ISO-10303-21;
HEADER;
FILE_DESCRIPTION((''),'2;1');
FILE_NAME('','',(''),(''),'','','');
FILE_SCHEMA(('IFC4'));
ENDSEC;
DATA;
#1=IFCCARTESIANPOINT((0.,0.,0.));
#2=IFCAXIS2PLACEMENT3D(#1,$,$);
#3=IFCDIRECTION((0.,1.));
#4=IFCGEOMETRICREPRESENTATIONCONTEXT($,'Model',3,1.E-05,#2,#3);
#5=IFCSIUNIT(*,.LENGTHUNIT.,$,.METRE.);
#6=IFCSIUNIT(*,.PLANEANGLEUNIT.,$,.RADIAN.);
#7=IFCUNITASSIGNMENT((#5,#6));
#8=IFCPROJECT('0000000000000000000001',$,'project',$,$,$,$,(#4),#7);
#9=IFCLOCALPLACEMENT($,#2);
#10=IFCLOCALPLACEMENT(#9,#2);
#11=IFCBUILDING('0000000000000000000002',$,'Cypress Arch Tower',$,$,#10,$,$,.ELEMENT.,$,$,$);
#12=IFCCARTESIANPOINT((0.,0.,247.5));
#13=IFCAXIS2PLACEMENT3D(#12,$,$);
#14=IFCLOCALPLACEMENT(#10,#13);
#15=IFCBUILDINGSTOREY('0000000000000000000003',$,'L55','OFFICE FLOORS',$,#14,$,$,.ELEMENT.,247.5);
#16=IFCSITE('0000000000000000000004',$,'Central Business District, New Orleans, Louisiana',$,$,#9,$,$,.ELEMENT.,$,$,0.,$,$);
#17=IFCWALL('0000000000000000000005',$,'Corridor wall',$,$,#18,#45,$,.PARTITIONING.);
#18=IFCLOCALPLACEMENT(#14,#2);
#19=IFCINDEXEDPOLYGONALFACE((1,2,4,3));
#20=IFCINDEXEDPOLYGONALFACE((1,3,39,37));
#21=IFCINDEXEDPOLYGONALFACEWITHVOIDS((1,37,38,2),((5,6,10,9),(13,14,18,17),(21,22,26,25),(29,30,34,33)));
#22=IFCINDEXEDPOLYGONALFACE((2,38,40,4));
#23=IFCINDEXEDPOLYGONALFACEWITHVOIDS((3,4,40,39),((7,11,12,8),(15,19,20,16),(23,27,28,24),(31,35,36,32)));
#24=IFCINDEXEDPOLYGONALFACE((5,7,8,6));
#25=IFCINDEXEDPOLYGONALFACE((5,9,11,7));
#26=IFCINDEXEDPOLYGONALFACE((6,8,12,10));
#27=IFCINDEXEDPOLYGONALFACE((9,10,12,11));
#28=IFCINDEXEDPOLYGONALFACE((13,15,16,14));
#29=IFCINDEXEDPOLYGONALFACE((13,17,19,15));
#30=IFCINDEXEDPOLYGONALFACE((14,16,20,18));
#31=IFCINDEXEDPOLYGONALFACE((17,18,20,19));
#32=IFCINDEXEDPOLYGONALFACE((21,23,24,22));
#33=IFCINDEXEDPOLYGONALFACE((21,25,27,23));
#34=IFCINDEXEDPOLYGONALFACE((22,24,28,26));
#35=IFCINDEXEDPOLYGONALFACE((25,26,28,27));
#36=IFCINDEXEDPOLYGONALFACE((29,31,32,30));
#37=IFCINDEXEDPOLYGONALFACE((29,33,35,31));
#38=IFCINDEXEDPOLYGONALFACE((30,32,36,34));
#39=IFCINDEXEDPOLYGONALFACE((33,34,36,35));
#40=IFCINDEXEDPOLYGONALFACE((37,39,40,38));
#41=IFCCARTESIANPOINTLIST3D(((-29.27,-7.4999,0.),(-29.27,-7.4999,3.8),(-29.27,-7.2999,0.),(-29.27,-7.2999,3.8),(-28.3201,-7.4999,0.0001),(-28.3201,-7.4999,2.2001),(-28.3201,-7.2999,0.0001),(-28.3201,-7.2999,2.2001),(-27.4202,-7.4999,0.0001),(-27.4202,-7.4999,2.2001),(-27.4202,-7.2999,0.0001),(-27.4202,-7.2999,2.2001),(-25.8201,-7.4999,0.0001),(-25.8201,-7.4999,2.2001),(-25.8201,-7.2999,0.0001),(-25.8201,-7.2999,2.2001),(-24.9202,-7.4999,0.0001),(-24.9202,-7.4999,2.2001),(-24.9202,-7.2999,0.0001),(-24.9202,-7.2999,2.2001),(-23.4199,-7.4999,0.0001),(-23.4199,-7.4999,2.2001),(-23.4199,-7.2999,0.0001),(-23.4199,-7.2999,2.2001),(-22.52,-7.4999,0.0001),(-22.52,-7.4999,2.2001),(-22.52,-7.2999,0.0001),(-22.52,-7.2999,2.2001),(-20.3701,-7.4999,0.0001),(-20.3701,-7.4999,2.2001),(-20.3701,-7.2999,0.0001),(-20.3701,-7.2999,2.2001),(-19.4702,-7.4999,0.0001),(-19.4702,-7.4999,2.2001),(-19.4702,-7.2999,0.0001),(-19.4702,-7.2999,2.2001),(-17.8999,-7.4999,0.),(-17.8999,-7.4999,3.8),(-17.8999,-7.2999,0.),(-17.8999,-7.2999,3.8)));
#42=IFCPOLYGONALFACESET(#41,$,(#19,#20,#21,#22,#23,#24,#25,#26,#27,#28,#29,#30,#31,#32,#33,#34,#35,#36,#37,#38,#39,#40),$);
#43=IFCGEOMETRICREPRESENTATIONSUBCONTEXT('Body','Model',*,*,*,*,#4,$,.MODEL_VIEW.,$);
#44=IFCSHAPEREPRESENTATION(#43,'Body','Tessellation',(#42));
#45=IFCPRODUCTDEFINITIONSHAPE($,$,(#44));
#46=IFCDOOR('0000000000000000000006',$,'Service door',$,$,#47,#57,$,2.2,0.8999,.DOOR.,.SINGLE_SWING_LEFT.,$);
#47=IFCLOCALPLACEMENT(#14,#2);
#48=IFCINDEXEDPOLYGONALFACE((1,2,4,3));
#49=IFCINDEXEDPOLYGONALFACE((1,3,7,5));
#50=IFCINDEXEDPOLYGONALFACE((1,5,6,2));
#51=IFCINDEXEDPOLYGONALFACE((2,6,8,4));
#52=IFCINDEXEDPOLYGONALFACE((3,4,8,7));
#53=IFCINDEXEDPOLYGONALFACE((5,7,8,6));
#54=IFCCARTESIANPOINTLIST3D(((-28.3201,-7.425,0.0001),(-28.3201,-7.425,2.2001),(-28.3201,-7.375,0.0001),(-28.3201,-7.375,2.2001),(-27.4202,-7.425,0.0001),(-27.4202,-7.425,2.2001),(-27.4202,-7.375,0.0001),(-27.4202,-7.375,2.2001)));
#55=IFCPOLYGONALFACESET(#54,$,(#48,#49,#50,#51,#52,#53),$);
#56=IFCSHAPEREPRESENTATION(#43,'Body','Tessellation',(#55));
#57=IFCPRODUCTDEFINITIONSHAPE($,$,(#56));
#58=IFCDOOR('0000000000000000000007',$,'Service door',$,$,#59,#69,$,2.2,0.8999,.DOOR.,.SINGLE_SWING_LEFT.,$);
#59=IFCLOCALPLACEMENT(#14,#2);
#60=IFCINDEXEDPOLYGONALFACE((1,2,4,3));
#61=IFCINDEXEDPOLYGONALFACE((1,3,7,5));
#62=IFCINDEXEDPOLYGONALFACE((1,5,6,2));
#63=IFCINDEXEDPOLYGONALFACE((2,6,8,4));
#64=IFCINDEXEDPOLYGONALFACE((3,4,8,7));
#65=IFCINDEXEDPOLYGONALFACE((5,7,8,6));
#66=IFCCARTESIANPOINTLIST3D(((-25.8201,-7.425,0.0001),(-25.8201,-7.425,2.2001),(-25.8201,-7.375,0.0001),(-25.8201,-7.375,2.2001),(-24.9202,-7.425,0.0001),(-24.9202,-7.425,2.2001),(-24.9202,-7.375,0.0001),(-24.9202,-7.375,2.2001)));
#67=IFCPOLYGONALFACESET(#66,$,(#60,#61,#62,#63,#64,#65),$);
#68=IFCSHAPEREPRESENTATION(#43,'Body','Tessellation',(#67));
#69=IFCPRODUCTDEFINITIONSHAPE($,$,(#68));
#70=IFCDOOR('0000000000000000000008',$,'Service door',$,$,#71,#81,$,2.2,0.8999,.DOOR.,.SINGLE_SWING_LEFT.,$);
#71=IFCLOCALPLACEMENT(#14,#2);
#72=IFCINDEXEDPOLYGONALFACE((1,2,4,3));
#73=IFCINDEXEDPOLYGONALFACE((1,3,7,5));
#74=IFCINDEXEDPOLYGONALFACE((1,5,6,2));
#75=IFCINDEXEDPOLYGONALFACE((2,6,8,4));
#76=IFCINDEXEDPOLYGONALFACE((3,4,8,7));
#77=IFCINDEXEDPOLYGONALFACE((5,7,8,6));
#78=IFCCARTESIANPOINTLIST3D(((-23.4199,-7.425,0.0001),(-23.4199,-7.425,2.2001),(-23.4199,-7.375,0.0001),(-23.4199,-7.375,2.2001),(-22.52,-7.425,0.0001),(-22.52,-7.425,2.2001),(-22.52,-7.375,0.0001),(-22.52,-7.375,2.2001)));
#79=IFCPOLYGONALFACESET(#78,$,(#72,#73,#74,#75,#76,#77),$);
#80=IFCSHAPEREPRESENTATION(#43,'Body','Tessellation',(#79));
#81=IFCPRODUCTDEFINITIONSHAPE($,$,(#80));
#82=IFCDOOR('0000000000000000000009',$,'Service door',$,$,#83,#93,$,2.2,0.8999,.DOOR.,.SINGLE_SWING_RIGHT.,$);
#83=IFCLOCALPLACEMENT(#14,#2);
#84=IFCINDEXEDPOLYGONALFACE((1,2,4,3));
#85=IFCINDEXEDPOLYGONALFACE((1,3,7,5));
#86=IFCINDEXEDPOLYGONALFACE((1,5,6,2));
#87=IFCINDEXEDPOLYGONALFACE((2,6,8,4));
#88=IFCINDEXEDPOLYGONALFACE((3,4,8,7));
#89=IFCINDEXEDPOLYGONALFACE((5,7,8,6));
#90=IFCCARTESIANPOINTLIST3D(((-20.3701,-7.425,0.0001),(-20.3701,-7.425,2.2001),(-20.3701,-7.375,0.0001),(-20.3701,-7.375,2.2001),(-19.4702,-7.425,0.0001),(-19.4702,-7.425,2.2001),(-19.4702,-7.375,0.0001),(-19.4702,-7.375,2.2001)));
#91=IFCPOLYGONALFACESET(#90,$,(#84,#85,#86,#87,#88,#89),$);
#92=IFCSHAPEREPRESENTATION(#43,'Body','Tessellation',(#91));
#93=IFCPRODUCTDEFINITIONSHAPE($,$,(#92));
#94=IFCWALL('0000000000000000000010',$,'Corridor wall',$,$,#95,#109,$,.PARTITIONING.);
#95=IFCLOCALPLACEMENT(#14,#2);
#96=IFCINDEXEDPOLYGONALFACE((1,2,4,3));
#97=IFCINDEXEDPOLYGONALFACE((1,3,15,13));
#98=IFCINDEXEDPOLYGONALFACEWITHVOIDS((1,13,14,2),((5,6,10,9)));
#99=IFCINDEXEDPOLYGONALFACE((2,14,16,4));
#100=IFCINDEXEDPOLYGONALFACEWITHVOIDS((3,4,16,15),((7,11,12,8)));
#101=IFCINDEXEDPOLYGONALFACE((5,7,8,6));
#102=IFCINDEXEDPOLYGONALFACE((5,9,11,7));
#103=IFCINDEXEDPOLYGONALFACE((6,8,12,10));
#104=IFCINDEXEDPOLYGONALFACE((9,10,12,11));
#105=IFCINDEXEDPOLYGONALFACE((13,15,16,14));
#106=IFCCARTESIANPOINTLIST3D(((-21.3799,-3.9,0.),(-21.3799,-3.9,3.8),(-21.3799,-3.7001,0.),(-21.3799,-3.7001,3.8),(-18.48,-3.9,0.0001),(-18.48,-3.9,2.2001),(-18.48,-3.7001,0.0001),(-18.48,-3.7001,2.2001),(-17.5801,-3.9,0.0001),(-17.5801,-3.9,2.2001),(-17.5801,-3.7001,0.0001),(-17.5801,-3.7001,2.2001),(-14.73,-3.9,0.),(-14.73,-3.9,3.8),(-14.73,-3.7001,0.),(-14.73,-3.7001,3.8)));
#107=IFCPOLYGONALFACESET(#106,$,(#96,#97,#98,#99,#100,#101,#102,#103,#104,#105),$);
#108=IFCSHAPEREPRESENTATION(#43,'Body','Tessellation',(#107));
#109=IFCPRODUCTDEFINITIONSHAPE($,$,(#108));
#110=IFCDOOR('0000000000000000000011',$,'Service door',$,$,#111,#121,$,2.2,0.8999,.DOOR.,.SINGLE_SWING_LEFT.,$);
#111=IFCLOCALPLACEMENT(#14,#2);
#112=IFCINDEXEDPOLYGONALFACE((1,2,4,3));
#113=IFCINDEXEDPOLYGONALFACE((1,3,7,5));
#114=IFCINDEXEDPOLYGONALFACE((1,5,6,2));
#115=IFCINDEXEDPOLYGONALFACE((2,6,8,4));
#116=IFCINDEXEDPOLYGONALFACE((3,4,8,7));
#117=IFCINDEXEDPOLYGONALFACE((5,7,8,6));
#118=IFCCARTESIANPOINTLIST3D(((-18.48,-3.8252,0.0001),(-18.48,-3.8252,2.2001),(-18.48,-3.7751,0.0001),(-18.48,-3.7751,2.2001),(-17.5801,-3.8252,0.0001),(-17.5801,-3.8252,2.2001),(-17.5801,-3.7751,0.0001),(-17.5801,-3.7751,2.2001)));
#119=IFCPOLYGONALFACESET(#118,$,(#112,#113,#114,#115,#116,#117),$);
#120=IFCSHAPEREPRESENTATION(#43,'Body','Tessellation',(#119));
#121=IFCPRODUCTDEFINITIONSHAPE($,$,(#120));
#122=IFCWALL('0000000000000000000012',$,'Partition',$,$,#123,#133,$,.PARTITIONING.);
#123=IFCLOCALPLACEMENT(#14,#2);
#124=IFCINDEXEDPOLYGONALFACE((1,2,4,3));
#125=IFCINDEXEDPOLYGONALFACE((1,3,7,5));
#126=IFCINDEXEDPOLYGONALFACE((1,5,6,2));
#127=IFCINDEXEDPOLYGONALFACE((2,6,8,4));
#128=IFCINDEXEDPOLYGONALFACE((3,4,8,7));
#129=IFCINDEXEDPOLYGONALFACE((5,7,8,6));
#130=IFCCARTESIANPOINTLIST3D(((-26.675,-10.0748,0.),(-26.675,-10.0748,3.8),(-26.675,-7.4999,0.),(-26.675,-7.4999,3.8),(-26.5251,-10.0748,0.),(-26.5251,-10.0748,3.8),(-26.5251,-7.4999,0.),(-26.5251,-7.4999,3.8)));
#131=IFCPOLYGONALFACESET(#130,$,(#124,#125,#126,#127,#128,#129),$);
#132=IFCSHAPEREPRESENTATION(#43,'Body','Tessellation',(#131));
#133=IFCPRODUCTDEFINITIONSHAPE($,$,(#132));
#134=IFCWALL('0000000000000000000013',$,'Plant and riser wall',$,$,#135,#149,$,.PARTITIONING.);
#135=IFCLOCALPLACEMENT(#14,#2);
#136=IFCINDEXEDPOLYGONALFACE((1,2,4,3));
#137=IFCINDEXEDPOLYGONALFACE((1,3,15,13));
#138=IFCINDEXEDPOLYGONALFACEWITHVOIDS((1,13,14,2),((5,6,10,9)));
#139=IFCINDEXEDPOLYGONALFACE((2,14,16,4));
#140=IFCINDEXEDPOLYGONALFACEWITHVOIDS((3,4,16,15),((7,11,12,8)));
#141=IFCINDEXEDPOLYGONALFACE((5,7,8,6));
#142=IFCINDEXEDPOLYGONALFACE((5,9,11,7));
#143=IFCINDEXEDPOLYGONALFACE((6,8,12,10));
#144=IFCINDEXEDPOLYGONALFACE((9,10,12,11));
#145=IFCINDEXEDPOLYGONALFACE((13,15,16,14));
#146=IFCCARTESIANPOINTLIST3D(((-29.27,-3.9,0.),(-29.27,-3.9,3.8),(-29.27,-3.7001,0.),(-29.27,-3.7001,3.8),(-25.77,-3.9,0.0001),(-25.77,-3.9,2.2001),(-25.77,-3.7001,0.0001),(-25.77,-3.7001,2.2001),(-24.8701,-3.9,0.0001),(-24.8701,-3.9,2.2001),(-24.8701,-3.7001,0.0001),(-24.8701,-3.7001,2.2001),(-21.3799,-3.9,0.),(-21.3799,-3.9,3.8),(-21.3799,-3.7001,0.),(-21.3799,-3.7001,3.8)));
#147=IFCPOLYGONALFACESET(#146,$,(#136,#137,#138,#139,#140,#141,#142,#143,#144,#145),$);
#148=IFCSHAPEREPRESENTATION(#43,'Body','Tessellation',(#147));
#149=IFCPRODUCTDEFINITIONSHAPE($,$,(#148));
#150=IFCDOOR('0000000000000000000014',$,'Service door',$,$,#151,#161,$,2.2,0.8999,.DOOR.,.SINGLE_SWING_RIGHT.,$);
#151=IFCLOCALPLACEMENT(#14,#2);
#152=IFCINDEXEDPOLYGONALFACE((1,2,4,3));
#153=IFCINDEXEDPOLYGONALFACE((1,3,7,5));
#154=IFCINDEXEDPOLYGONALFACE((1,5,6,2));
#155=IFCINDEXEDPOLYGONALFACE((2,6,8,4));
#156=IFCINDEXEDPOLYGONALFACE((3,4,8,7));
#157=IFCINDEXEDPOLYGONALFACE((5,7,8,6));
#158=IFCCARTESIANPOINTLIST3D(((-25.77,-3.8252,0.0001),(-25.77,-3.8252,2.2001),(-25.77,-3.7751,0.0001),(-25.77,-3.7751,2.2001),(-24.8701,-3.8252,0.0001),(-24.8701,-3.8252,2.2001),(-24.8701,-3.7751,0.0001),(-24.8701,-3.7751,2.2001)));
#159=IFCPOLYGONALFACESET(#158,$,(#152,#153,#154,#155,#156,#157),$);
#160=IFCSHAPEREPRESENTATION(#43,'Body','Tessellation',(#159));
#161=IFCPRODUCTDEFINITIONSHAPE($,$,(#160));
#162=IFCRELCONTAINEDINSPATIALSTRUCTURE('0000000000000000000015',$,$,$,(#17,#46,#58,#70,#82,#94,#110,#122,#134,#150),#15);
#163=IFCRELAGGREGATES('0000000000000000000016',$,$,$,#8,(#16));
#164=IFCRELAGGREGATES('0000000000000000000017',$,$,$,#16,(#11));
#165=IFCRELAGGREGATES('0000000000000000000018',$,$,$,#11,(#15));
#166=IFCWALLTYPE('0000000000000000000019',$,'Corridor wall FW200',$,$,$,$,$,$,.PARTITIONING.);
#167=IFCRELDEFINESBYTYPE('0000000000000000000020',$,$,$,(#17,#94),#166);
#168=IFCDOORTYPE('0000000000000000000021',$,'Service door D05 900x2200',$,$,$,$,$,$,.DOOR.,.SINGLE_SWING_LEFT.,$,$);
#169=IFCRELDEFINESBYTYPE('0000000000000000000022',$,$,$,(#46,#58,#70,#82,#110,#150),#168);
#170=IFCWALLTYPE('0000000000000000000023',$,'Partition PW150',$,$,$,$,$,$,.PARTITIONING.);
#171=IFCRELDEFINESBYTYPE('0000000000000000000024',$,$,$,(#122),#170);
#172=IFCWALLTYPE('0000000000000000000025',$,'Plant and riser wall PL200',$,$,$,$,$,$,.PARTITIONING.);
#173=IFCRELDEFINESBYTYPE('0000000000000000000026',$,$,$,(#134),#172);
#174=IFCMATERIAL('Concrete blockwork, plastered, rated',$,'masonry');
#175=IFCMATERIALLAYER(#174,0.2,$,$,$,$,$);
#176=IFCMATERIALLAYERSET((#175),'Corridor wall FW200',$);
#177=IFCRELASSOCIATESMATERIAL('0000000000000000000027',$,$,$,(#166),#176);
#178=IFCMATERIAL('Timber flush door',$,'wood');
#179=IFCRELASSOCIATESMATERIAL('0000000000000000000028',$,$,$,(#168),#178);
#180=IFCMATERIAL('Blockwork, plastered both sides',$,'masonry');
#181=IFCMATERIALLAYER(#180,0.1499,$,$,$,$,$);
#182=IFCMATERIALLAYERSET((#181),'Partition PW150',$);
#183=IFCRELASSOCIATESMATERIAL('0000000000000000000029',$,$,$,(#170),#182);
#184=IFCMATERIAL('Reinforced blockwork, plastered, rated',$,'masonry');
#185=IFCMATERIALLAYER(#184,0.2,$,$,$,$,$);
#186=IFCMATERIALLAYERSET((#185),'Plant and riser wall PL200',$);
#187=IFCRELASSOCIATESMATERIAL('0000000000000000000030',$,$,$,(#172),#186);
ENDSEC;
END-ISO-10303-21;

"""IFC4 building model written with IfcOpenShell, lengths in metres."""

from ifc_helpers import new_model, si_unit, direction, frame, frame_2d, origin, place, context, subcontext, project, spatial, rectangle, extrude, material, layer, layer_set, type_object, element, fill, save


model = new_model("IFC4")

# Units and contexts
model_context = context("Model", 3, precision=1e-05, world=origin(), true_north=direction((0.0, 1.0)))
body_context = subcontext(model_context, "Body", "Model", "MODEL_VIEW")
ifc_project = project(units=[si_unit("LENGTHUNIT", "METRE"), si_unit("PLANEANGLEUNIT", "RADIAN")], contexts=[model_context])

# Site, building, storey
site_placement = place(None, origin())
site = spatial("IfcSite", under=ifc_project, at=site_placement, Name="Central Business District, New Orleans, Louisiana", CompositionType="ELEMENT", RefElevation=0.0)
building_placement = place(site_placement, origin())
building = spatial("IfcBuilding", under=site, at=building_placement, Name="Cypress Arch Tower", CompositionType="ELEMENT")
storey_placement = place(building_placement, frame((0.0, 0.0, 247.5)))
storey = spatial("IfcBuildingStorey", under=building, at=storey_placement, Name="L55", Description="OFFICE FLOORS", CompositionType="ELEMENT", Elevation=247.5)

# Wall, openings, doors
ifc_material_1 = material(Name="Concrete blockwork, plastered, rated", Category="masonry")
ifc_layer_1 = layer(ifc_material_1, 0.2)
ifc_layer_set_1 = layer_set([ifc_layer_1], Name="Corridor wall FW200")
wall_type_1 = type_object("IfcWallType", Name="Corridor wall FW200", PredefinedType="PARTITIONING", material=ifc_layer_set_1)
wall_1_placement = place(storey_placement, frame((-29.27, -7.3999, 0.0), z_axis=(0.0, 0.0, 1.0), x_axis=(1.0, 0.0, 0.0)))
wall_1 = element("IfcWall", 1, at=wall_1_placement, inside=storey, type_object=wall_type_1, Name="Corridor wall", PredefinedType="PARTITIONING", context=body_context, shape_type="SweptSolid", body=[
    extrude(rectangle(XDim=11.3701, YDim=0.2, at=frame_2d((5.6851, 0.0))), origin(), (0.0, 0.0, 1.0), 3.8),
])
opening_1_placement = place(wall_1_placement, frame((0.95, 0.0, 0.0)))
opening_1 = element("IfcOpeningElement", 2, at=opening_1_placement, cuts=wall_1, PredefinedType="OPENING", context=body_context, shape_type="SweptSolid", body=[
    extrude(rectangle(XDim=0.8999, YDim=2.2, at=frame_2d((0.45, 1.1001))), frame((0.0, 0.1099, 0.0), z_axis=(0.0, -1.0, 0.0), x_axis=(1.0, 0.0, 0.0)), (0.0, 0.0, 1.0), 0.22),
])
opening_2_placement = place(wall_1_placement, frame((3.45, 0.0, 0.0)))
opening_2 = element("IfcOpeningElement", 3, at=opening_2_placement, cuts=wall_1, PredefinedType="OPENING", context=body_context, shape_type="SweptSolid", body=[
    extrude(rectangle(XDim=0.8999, YDim=2.2, at=frame_2d((0.45, 1.1001))), frame((0.0, 0.1099, 0.0), z_axis=(0.0, -1.0, 0.0), x_axis=(1.0, 0.0, 0.0)), (0.0, 0.0, 1.0), 0.22),
])
opening_3_placement = place(wall_1_placement, frame((5.8501, 0.0, 0.0)))
opening_3 = element("IfcOpeningElement", 4, at=opening_3_placement, cuts=wall_1, PredefinedType="OPENING", context=body_context, shape_type="SweptSolid", body=[
    extrude(rectangle(XDim=0.8999, YDim=2.2, at=frame_2d((0.45, 1.1001))), frame((0.0, 0.1099, 0.0), z_axis=(0.0, -1.0, 0.0), x_axis=(1.0, 0.0, 0.0)), (0.0, 0.0, 1.0), 0.22),
])
opening_4_placement = place(wall_1_placement, frame((8.8999, 0.0, 0.0)))
opening_4 = element("IfcOpeningElement", 5, at=opening_4_placement, cuts=wall_1, PredefinedType="OPENING", context=body_context, shape_type="SweptSolid", body=[
    extrude(rectangle(XDim=0.8999, YDim=2.2, at=frame_2d((0.45, 1.1001))), frame((0.0, 0.1099, 0.0), z_axis=(0.0, -1.0, 0.0), x_axis=(1.0, 0.0, 0.0)), (0.0, 0.0, 1.0), 0.22),
])
ifc_material_2 = material(Name="Timber flush door", Category="wood")
door_type = type_object("IfcDoorType", Name="Service door D05 900x2200", OperationType="SINGLE_SWING_LEFT", PredefinedType="DOOR", material=ifc_material_2)
door_1_placement = place(opening_1_placement, origin())
door_1 = element("IfcDoor", 6, at=door_1_placement, inside=storey, type_object=door_type, Name="Service door", OperationType="SINGLE_SWING_LEFT", OverallHeight=2.2, OverallWidth=0.8999, PredefinedType="DOOR", context=body_context, shape_type="SweptSolid", body=[
    extrude(rectangle(XDim=0.8999, YDim=2.2, at=frame_2d((0.45, 1.1001))), frame((0.0, 0.0249, 0.0), z_axis=(0.0, -1.0, 0.0), x_axis=(1.0, 0.0, 0.0)), (0.0, 0.0, 1.0), 0.05),
])
fill(opening_1, door_1)
door_2_placement = place(opening_2_placement, origin())
door_2 = element("IfcDoor", 7, at=door_2_placement, inside=storey, type_object=door_type, Name="Service door", OperationType="SINGLE_SWING_LEFT", OverallHeight=2.2, OverallWidth=0.8999, PredefinedType="DOOR", context=body_context, shape_type="SweptSolid", body=[
    extrude(rectangle(XDim=0.8999, YDim=2.2, at=frame_2d((0.45, 1.1001))), frame((0.0, 0.0249, 0.0), z_axis=(0.0, -1.0, 0.0), x_axis=(1.0, 0.0, 0.0)), (0.0, 0.0, 1.0), 0.05),
])
fill(opening_2, door_2)
door_3_placement = place(opening_3_placement, origin())
door_3 = element("IfcDoor", 8, at=door_3_placement, inside=storey, type_object=door_type, Name="Service door", OperationType="SINGLE_SWING_LEFT", OverallHeight=2.2, OverallWidth=0.8999, PredefinedType="DOOR", context=body_context, shape_type="SweptSolid", body=[
    extrude(rectangle(XDim=0.8999, YDim=2.2, at=frame_2d((0.45, 1.1001))), frame((0.0, 0.0249, 0.0), z_axis=(0.0, -1.0, 0.0), x_axis=(1.0, 0.0, 0.0)), (0.0, 0.0, 1.0), 0.05),
])
fill(opening_3, door_3)
door_4_placement = place(opening_4_placement, origin())
door_4 = element("IfcDoor", 9, at=door_4_placement, inside=storey, type_object=door_type, Name="Service door", OperationType="SINGLE_SWING_RIGHT", OverallHeight=2.2, OverallWidth=0.8999, PredefinedType="DOOR", context=body_context, shape_type="SweptSolid", body=[
    extrude(rectangle(XDim=0.8999, YDim=2.2, at=frame_2d((0.45, 1.1001))), frame((0.0, 0.0249, 0.0), z_axis=(0.0, -1.0, 0.0), x_axis=(1.0, 0.0, 0.0)), (0.0, 0.0, 1.0), 0.05),
])
fill(opening_4, door_4)

# Wall, opening, door
wall_2_placement = place(storey_placement, frame((-21.3799, -3.8, 0.0), z_axis=(0.0, 0.0, 1.0), x_axis=(1.0, 0.0, 0.0)))
wall_2 = element("IfcWall", 10, at=wall_2_placement, inside=storey, type_object=wall_type_1, Name="Corridor wall", PredefinedType="PARTITIONING", context=body_context, shape_type="SweptSolid", body=[
    extrude(rectangle(XDim=6.6499, YDim=0.2, at=frame_2d((3.325, 0.0))), origin(), (0.0, 0.0, 1.0), 3.8),
])
opening_5_placement = place(wall_2_placement, frame((2.8999, 0.0, 0.0)))
opening_5 = element("IfcOpeningElement", 11, at=opening_5_placement, cuts=wall_2, PredefinedType="OPENING", context=body_context, shape_type="SweptSolid", body=[
    extrude(rectangle(XDim=0.8999, YDim=2.2, at=frame_2d((0.45, 1.1001))), frame((0.0, 0.1099, 0.0), z_axis=(0.0, -1.0, 0.0), x_axis=(1.0, 0.0, 0.0)), (0.0, 0.0, 1.0), 0.22),
])
door_5_placement = place(opening_5_placement, origin())
door_5 = element("IfcDoor", 12, at=door_5_placement, inside=storey, type_object=door_type, Name="Service door", OperationType="SINGLE_SWING_LEFT", OverallHeight=2.2, OverallWidth=0.8999, PredefinedType="DOOR", context=body_context, shape_type="SweptSolid", body=[
    extrude(rectangle(XDim=0.8999, YDim=2.2, at=frame_2d((0.45, 1.1001))), frame((0.0, 0.0249, 0.0), z_axis=(0.0, -1.0, 0.0), x_axis=(1.0, 0.0, 0.0)), (0.0, 0.0, 1.0), 0.05),
])
fill(opening_5, door_5)

# Wall
ifc_material_3 = material(Name="Blockwork, plastered both sides", Category="masonry")
ifc_layer_2 = layer(ifc_material_3, 0.1499)
ifc_layer_set_2 = layer_set([ifc_layer_2], Name="Partition PW150")
wall_type_2 = type_object("IfcWallType", Name="Partition PW150", PredefinedType="PARTITIONING", material=ifc_layer_set_2)
wall_3_placement = place(storey_placement, frame((-26.6001, -10.075, 0.0), z_axis=(0.0, 0.0, 1.0), x_axis=(0.0, 1.0, 0.0)))
element("IfcWall", 13, at=wall_3_placement, inside=storey, type_object=wall_type_2, Name="Partition", PredefinedType="PARTITIONING", context=body_context, shape_type="SweptSolid", body=[
    extrude(rectangle(XDim=2.575, YDim=0.1499, at=frame_2d((1.2876, 0.0))), origin(), (0.0, 0.0, 1.0), 3.8),
])

# Wall, opening, door
ifc_material_4 = material(Name="Reinforced blockwork, plastered, rated", Category="masonry")
ifc_layer_3 = layer(ifc_material_4, 0.2)
ifc_layer_set_3 = layer_set([ifc_layer_3], Name="Plant and riser wall PL200")
wall_type_3 = type_object("IfcWallType", Name="Plant and riser wall PL200", PredefinedType="PARTITIONING", material=ifc_layer_set_3)
wall_4_placement = place(storey_placement, frame((-29.27, -3.8, 0.0), z_axis=(0.0, 0.0, 1.0), x_axis=(1.0, 0.0, 0.0)))
wall_4 = element("IfcWall", 14, at=wall_4_placement, inside=storey, type_object=wall_type_3, Name="Plant and riser wall", PredefinedType="PARTITIONING", context=body_context, shape_type="SweptSolid", body=[
    extrude(rectangle(XDim=7.8901, YDim=0.2, at=frame_2d((3.9451, 0.0))), origin(), (0.0, 0.0, 1.0), 3.8),
])
opening_6_placement = place(wall_4_placement, frame((3.5, 0.0, 0.0)))
opening_6 = element("IfcOpeningElement", 15, at=opening_6_placement, cuts=wall_4, PredefinedType="OPENING", context=body_context, shape_type="SweptSolid", body=[
    extrude(rectangle(XDim=0.8999, YDim=2.2, at=frame_2d((0.45, 1.1001))), frame((0.0, 0.1099, 0.0), z_axis=(0.0, -1.0, 0.0), x_axis=(1.0, 0.0, 0.0)), (0.0, 0.0, 1.0), 0.22),
])
door_6_placement = place(opening_6_placement, origin())
door_6 = element("IfcDoor", 16, at=door_6_placement, inside=storey, type_object=door_type, Name="Service door", OperationType="SINGLE_SWING_RIGHT", OverallHeight=2.2, OverallWidth=0.8999, PredefinedType="DOOR", context=body_context, shape_type="SweptSolid", body=[
    extrude(rectangle(XDim=0.8999, YDim=2.2, at=frame_2d((0.45, 1.1001))), frame((0.0, 0.0249, 0.0), z_axis=(0.0, -1.0, 0.0), x_axis=(1.0, 0.0, 0.0)), (0.0, 0.0, 1.0), 0.05),
])
fill(opening_6, door_6)

save(model, "model.ifc")
